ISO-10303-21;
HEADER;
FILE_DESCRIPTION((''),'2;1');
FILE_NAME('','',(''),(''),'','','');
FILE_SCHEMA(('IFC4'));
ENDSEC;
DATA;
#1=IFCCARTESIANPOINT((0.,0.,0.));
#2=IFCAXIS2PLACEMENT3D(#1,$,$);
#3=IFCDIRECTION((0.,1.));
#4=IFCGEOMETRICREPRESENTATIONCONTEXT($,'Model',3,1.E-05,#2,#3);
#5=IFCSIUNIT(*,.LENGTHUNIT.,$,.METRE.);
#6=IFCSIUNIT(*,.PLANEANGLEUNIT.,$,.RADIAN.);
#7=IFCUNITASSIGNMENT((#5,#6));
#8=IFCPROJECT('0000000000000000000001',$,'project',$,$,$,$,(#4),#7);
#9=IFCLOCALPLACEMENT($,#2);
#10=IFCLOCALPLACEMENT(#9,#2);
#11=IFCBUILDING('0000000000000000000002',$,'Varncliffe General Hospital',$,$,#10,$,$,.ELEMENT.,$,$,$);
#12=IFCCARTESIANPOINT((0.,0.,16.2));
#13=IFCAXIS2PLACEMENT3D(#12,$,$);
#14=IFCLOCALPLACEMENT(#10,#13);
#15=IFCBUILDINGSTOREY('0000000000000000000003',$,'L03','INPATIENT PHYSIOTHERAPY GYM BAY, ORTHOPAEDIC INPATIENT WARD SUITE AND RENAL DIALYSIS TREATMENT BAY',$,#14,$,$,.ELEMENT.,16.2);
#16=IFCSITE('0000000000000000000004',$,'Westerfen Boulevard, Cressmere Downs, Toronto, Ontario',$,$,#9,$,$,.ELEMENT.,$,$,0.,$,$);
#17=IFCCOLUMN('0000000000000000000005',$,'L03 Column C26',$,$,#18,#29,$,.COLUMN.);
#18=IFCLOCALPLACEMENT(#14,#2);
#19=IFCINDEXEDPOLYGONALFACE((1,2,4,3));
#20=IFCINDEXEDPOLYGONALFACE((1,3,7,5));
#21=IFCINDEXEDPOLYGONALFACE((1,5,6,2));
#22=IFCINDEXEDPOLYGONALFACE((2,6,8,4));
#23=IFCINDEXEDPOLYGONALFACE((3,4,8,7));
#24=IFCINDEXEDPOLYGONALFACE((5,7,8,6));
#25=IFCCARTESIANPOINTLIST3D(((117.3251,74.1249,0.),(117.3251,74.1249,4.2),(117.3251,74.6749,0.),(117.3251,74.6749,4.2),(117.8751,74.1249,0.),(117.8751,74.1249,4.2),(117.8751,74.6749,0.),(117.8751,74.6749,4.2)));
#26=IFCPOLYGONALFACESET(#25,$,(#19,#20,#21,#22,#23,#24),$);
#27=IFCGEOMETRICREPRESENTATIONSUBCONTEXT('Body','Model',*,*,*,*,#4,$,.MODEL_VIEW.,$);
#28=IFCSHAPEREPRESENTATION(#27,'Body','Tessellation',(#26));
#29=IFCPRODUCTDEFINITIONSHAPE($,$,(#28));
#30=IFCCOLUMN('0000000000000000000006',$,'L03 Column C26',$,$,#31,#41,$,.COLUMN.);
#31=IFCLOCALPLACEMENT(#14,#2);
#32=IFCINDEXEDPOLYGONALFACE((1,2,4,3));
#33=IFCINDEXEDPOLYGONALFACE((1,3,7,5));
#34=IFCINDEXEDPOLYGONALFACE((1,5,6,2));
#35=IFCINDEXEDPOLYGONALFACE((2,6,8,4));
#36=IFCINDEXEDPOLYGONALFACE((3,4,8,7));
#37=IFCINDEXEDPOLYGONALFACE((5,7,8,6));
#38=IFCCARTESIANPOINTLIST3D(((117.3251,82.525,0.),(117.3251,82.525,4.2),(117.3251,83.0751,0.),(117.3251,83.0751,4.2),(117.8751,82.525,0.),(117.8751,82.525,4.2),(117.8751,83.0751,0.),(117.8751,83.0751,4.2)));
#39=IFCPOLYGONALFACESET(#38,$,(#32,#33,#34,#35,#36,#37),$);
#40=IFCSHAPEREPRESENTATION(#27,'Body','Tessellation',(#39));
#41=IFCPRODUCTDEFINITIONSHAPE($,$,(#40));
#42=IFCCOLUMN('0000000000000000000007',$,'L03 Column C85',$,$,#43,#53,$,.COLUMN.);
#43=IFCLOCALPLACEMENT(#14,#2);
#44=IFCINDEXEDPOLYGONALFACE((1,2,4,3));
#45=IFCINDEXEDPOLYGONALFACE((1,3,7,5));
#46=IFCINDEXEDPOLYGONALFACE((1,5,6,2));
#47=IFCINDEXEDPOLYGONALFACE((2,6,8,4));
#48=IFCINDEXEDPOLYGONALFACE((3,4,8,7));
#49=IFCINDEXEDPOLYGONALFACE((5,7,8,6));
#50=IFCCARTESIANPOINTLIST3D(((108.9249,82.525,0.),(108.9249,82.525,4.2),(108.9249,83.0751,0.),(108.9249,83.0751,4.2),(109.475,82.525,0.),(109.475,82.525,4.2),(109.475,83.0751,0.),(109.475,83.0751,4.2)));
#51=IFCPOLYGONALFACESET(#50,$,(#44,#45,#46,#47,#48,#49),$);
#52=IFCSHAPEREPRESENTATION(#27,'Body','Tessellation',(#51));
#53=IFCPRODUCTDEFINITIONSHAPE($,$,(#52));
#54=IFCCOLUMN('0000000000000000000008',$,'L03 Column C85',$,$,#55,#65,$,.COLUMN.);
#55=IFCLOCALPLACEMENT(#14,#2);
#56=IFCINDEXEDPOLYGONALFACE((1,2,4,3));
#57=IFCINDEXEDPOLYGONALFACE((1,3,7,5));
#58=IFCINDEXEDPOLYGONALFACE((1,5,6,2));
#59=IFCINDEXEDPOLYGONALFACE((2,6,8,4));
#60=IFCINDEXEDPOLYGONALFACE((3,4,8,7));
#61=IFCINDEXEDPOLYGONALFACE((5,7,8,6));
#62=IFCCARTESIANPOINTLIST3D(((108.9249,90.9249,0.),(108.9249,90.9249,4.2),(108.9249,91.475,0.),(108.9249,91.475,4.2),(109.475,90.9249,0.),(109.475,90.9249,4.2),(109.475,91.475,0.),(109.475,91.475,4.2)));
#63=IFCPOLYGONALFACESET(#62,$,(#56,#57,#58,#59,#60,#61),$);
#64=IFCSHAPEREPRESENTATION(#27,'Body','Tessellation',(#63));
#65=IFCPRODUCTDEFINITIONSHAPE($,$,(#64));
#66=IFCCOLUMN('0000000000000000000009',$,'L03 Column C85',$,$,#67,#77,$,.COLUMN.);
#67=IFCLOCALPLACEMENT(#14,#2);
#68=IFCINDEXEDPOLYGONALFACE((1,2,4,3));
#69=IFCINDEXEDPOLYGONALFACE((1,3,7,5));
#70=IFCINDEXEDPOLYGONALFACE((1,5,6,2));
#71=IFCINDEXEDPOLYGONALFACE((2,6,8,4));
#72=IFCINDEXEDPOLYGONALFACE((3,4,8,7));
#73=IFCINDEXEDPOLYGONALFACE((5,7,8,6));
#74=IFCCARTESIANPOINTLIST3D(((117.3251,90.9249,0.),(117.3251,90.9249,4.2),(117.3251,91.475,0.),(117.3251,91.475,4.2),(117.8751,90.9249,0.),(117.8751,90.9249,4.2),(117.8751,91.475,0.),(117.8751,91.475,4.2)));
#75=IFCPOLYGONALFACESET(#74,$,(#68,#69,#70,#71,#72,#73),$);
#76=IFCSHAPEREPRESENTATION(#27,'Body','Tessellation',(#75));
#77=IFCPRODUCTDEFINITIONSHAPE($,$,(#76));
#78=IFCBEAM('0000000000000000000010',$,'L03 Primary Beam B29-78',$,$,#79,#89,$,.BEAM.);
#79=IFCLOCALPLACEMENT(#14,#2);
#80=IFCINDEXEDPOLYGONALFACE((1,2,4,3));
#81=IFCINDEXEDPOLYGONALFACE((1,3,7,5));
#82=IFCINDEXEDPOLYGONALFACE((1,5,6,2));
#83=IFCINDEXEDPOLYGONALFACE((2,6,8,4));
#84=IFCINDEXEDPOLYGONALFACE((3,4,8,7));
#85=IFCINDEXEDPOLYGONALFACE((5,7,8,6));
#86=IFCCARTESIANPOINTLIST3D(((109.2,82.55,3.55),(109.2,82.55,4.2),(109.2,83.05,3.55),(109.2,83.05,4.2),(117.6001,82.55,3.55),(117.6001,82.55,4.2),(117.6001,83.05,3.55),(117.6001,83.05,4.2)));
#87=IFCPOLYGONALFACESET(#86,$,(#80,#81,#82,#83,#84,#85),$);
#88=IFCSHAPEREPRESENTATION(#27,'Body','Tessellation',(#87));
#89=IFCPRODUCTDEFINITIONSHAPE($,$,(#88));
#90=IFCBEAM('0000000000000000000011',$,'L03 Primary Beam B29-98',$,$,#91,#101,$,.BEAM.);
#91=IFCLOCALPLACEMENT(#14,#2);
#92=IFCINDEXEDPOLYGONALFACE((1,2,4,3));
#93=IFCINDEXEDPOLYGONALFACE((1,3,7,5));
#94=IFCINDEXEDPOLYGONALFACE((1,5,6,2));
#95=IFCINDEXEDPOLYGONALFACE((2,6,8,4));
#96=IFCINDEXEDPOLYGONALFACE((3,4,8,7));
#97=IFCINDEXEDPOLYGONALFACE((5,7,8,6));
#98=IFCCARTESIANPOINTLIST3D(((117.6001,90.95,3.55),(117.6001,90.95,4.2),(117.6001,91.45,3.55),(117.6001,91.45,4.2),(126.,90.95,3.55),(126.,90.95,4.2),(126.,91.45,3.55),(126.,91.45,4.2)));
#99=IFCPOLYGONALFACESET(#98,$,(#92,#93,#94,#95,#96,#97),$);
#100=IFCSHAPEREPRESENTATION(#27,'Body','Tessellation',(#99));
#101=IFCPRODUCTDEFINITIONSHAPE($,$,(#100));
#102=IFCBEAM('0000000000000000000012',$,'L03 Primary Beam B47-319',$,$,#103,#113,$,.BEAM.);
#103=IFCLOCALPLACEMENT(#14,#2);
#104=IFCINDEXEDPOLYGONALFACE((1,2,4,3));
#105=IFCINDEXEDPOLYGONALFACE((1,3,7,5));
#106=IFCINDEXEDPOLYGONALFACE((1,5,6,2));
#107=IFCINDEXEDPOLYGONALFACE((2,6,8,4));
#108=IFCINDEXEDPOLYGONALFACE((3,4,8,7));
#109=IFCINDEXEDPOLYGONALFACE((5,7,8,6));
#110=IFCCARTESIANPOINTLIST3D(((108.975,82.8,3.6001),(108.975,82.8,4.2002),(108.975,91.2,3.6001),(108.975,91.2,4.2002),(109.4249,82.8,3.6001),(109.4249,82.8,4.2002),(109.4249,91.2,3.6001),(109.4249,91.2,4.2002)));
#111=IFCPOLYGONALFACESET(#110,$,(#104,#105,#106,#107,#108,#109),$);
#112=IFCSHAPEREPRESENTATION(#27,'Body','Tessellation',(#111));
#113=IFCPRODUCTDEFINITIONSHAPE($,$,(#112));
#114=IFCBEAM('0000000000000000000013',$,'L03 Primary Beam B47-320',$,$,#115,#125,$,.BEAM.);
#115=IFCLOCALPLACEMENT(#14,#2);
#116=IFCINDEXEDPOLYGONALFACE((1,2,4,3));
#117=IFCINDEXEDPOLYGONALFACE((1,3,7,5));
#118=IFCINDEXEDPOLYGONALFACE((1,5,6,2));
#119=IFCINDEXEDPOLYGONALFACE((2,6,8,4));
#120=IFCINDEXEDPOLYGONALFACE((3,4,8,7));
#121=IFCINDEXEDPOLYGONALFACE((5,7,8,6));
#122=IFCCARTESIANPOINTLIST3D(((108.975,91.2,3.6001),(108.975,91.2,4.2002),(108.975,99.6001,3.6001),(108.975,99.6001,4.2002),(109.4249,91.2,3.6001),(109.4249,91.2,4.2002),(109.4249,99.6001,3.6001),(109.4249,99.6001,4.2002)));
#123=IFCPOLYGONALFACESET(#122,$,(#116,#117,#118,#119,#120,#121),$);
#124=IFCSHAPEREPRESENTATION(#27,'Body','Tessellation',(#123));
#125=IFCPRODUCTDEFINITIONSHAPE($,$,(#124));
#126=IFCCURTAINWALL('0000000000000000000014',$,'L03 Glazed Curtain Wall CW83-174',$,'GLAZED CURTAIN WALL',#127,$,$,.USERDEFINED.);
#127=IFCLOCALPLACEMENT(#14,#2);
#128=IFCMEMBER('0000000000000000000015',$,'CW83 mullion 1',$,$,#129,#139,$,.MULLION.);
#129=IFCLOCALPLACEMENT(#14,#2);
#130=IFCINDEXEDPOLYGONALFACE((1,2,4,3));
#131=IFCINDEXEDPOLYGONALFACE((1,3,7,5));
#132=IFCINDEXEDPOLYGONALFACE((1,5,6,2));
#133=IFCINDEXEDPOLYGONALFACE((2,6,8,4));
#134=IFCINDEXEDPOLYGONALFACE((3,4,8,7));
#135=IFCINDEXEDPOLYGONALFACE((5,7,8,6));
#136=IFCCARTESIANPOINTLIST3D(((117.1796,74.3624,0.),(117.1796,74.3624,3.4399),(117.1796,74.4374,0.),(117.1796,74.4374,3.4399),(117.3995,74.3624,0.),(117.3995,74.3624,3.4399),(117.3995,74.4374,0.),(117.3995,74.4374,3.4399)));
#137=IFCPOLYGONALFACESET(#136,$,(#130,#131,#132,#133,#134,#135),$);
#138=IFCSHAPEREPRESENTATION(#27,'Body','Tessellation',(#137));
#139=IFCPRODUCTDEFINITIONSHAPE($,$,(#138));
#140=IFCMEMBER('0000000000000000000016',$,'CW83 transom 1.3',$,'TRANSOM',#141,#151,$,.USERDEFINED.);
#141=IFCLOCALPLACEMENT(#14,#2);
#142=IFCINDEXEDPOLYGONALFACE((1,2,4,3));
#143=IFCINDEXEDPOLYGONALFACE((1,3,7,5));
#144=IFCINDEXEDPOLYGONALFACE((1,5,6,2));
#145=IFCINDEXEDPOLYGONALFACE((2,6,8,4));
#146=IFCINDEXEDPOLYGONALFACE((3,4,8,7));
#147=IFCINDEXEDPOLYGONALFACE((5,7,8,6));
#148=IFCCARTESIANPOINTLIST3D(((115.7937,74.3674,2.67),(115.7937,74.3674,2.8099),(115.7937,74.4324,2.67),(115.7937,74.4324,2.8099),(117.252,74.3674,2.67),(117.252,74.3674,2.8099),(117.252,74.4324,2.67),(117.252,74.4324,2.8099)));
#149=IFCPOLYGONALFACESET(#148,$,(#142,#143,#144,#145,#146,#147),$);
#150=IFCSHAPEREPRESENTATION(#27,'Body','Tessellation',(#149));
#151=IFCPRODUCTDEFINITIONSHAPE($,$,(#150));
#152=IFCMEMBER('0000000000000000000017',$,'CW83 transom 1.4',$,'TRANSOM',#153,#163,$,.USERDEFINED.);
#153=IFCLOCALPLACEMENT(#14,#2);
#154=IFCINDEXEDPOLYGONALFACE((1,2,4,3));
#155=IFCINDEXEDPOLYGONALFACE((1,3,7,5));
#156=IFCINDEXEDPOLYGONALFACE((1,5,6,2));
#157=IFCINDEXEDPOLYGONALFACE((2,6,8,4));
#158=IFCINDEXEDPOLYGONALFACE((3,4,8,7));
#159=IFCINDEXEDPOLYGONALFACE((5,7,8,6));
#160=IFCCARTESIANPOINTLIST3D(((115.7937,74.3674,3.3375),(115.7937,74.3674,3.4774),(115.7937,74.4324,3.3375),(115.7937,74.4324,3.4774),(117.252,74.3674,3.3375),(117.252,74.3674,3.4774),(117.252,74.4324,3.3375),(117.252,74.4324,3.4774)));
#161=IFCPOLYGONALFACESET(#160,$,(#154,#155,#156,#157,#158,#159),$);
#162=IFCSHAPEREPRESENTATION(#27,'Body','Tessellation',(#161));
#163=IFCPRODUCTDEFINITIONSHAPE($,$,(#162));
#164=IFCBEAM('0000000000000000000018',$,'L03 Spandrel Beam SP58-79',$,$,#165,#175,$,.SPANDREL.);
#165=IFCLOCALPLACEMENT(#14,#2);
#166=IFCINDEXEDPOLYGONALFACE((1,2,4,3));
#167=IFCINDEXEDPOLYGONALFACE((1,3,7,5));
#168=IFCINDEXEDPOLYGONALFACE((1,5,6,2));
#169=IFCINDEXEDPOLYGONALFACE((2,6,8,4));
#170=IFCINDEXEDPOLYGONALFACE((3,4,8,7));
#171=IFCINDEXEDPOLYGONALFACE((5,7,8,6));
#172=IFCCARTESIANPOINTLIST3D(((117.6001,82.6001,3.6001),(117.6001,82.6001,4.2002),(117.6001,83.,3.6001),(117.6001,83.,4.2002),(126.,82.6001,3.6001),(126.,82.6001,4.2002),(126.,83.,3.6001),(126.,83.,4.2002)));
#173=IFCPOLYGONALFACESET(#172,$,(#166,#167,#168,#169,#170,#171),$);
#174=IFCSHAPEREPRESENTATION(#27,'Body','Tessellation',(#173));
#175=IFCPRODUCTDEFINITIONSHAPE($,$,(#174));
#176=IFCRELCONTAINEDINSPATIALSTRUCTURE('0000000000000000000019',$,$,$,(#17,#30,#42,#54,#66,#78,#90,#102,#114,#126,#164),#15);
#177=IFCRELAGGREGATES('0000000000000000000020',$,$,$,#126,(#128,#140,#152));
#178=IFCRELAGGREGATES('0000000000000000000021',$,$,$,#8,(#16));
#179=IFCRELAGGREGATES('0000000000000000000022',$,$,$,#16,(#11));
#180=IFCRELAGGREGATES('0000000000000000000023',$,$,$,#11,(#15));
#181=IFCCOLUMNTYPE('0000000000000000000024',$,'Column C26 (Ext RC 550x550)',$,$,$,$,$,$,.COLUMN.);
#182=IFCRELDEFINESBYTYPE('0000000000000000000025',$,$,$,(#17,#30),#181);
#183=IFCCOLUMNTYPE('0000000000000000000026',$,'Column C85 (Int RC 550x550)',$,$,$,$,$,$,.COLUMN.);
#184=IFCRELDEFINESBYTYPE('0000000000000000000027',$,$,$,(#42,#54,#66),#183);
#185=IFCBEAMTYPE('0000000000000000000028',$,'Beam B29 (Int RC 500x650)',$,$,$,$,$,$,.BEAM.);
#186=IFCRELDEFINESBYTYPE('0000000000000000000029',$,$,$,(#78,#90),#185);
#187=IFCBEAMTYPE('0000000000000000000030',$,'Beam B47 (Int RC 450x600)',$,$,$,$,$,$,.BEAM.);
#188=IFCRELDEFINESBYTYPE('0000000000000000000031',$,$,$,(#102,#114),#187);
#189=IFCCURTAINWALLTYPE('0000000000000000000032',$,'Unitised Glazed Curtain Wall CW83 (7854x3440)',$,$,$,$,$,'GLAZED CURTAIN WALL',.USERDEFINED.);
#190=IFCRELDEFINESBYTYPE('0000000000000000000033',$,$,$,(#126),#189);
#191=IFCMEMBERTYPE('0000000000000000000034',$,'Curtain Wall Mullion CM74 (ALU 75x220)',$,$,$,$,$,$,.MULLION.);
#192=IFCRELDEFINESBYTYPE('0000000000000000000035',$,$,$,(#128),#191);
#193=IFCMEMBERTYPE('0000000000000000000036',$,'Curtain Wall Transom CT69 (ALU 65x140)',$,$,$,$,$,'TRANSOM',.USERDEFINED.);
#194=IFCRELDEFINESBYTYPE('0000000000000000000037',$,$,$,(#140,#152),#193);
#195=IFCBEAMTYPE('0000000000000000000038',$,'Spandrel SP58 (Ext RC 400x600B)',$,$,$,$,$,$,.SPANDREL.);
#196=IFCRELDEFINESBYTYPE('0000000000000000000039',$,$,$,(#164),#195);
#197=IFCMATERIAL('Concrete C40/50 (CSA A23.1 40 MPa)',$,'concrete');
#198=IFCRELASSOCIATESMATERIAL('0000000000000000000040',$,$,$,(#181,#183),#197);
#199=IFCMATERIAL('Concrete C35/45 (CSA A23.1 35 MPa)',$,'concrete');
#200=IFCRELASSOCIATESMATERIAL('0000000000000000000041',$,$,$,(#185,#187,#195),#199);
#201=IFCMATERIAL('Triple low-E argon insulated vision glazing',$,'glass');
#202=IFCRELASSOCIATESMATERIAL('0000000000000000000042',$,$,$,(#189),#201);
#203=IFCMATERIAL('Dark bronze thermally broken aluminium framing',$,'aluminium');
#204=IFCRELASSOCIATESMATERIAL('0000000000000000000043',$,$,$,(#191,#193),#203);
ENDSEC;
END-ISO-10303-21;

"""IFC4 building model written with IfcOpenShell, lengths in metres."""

from ifc_helpers import new_model, si_unit, direction, frame, origin, origin_2d, place, context, subcontext, project, spatial, rectangle, extrude, material, material_profile, profile_set, type_object, element, aggregate, save


model = new_model("IFC4")

# Units and contexts
model_context = context("Model", 3, precision=1e-05, world=origin(), true_north=direction((0.0, 1.0)))
body_context = subcontext(model_context, "Body", "Model", "MODEL_VIEW")
ifc_project = project(units=[si_unit("LENGTHUNIT", "METRE"), si_unit("PLANEANGLEUNIT", "RADIAN")], contexts=[model_context])

# Site, building, storey
site_placement = place(None, origin())
site = spatial("IfcSite", under=ifc_project, at=site_placement, Name="Westerfen Boulevard, Cressmere Downs, Toronto, Ontario", CompositionType="ELEMENT", RefElevation=0.0)
building_placement = place(site_placement, origin())
building = spatial("IfcBuilding", under=site, at=building_placement, Name="Varncliffe General Hospital", CompositionType="ELEMENT")
storey_placement = place(building_placement, frame((0.0, 0.0, 16.2)))
storey = spatial("IfcBuildingStorey", under=building, at=storey_placement, Name="L03", Description="INPATIENT PHYSIOTHERAPY GYM BAY, ORTHOPAEDIC INPATIENT WARD SUITE AND RENAL DIALYSIS TREATMENT BAY", CompositionType="ELEMENT", Elevation=16.2)

# Columns
ifc_material_1 = material(Name="Concrete C40/50 (CSA A23.1 40 MPa)", Category="concrete")
ifc_material_profile_1 = material_profile(ifc_material_1, rectangle(XDim=0.55, YDim=0.55, at=origin_2d()), Name="RC 550x550")
ifc_profile_set_1 = profile_set([ifc_material_profile_1], Name="Concrete C40/50 (CSA A23.1 40 MPa)")
column_type_1 = type_object("IfcColumnType", Name="Column C26 (Ext RC 550x550)", PredefinedType="COLUMN", material=ifc_profile_set_1)
for number, where, z_axis, x_axis, name in (
    (1, (117.6001, 74.3999, 0.0), (0.0, 0.0, 1.0), (1.0, 0.0, 0.0), "L03 Column C26"),
    (2, (117.6001, 82.8, 0.0), (0.0, 0.0, 1.0), (1.0, 0.0, 0.0), "L03 Column C26"),
):
    element("IfcColumn", number, at=place(storey_placement, frame(where, z_axis=z_axis, x_axis=x_axis)), inside=storey, type_object=column_type_1, Name=name, PredefinedType="COLUMN", context=body_context, shape_type="SweptSolid", body=[
        extrude(rectangle(XDim=0.55, YDim=0.55, at=origin_2d()), origin(), (0.0, 0.0, 1.0), 4.2),
    ])
ifc_material_profile_2 = material_profile(ifc_material_1, rectangle(XDim=0.55, YDim=0.55, at=origin_2d()), Name="RC 550x550")
ifc_profile_set_2 = profile_set([ifc_material_profile_2], Name="Concrete C40/50 (CSA A23.1 40 MPa)")
column_type_2 = type_object("IfcColumnType", Name="Column C85 (Int RC 550x550)", PredefinedType="COLUMN", material=ifc_profile_set_2)
for number, where, z_axis, x_axis, name in (
    (3, (109.2, 82.8, 0.0), (0.0, 0.0, 1.0), (1.0, 0.0, 0.0), "L03 Column C85"),
    (4, (109.2, 91.2, 0.0), (0.0, 0.0, 1.0), (1.0, 0.0, 0.0), "L03 Column C85"),
    (5, (117.6001, 91.2, 0.0), (0.0, 0.0, 1.0), (1.0, 0.0, 0.0), "L03 Column C85"),
):
    element("IfcColumn", number, at=place(storey_placement, frame(where, z_axis=z_axis, x_axis=x_axis)), inside=storey, type_object=column_type_2, Name=name, PredefinedType="COLUMN", context=body_context, shape_type="SweptSolid", body=[
        extrude(rectangle(XDim=0.55, YDim=0.55, at=origin_2d()), origin(), (0.0, 0.0, 1.0), 4.2),
    ])

# Beams
ifc_material_2 = material(Name="Concrete C35/45 (CSA A23.1 35 MPa)", Category="concrete")
ifc_material_profile_3 = material_profile(ifc_material_2, rectangle(XDim=0.5, YDim=0.6499, at=origin_2d()), Name="RC 500x650")
ifc_profile_set_3 = profile_set([ifc_material_profile_3], Name="Concrete C35/45 (CSA A23.1 35 MPa)")
beam_type_1 = type_object("IfcBeamType", Name="Beam B29 (Int RC 500x650)", PredefinedType="BEAM", material=ifc_profile_set_3)
beam_1_placement = place(storey_placement, frame((109.2, 82.8, 3.875), z_axis=(1.0, 0.0, 0.0), x_axis=(0.0, 1.0, 0.0)))
element("IfcBeam", 6, at=beam_1_placement, inside=storey, type_object=beam_type_1, Name="L03 Primary Beam B29-78", PredefinedType="BEAM", context=body_context, shape_type="SweptSolid", body=[
    extrude(rectangle(XDim=0.5, YDim=0.6499, at=origin_2d()), origin(), (0.0, 0.0, 1.0), 8.4001),
])
beam_2_placement = place(storey_placement, frame((117.6001, 91.2, 3.875), z_axis=(1.0, 0.0, 0.0), x_axis=(0.0, 1.0, 0.0)))
element("IfcBeam", 7, at=beam_2_placement, inside=storey, type_object=beam_type_1, Name="L03 Primary Beam B29-98", PredefinedType="BEAM", context=body_context, shape_type="SweptSolid", body=[
    extrude(rectangle(XDim=0.5, YDim=0.6499, at=origin_2d()), origin(), (0.0, 0.0, 1.0), 8.3999),
])
ifc_material_profile_4 = material_profile(ifc_material_2, rectangle(XDim=0.45, YDim=0.6001, at=origin_2d()), Name="RC 450x600")
ifc_profile_set_4 = profile_set([ifc_material_profile_4], Name="Concrete C35/45 (CSA A23.1 35 MPa)")
beam_type_2 = type_object("IfcBeamType", Name="Beam B47 (Int RC 450x600)", PredefinedType="BEAM", material=ifc_profile_set_4)
beam_3_placement = place(storey_placement, frame((109.2, 82.8, 3.9001), z_axis=(0.0, 1.0, 0.0), x_axis=(-1.0, 0.0, 0.0)))
element("IfcBeam", 8, at=beam_3_placement, inside=storey, type_object=beam_type_2, Name="L03 Primary Beam B47-319", PredefinedType="BEAM", context=body_context, shape_type="SweptSolid", body=[
    extrude(rectangle(XDim=0.45, YDim=0.6001, at=origin_2d()), origin(), (0.0, 0.0, 1.0), 8.3999),
])
beam_4_placement = place(storey_placement, frame((109.2, 91.2, 3.9001), z_axis=(0.0, 1.0, 0.0), x_axis=(-1.0, 0.0, 0.0)))
element("IfcBeam", 9, at=beam_4_placement, inside=storey, type_object=beam_type_2, Name="L03 Primary Beam B47-320", PredefinedType="BEAM", context=body_context, shape_type="SweptSolid", body=[
    extrude(rectangle(XDim=0.45, YDim=0.6001, at=origin_2d()), origin(), (0.0, 0.0, 1.0), 8.4001),
])

# Curtain wall, members
ifc_material_3 = material(Name="Triple low-E argon insulated vision glazing", Category="glass")
curtain_wall_type = type_object("IfcCurtainWallType", Name="Unitised Glazed Curtain Wall CW83 (7854x3440)", ElementType="GLAZED CURTAIN WALL", PredefinedType="USERDEFINED", material=ifc_material_3)
curtain_wall_placement = place(storey_placement, origin())
curtain_wall = element("IfcCurtainWall", 10, at=curtain_wall_placement, inside=storey, type_object=curtain_wall_type, Name="L03 Glazed Curtain Wall CW83-174", ObjectType="GLAZED CURTAIN WALL", PredefinedType="USERDEFINED")
ifc_material_4 = material(Name="Dark bronze thermally broken aluminium framing", Category="aluminium")
ifc_material_profile_5 = material_profile(ifc_material_4, rectangle(XDim=0.075, YDim=0.22, at=origin_2d()), Name="ALU 75x220")
ifc_profile_set_5 = profile_set([ifc_material_profile_5], Name="Dark bronze thermally broken aluminium framing")
member_type_1 = type_object("IfcMemberType", Name="Curtain Wall Mullion CM74 (ALU 75x220)", PredefinedType="MULLION", material=ifc_profile_set_5)
member_1_placement = place(storey_placement, frame((117.2896, 74.3999, 0.0), z_axis=(0.0, 0.0, 1.0), x_axis=(0.0, -1.0, 0.0)))
member_1 = element("IfcMember", 11, at=member_1_placement, type_object=member_type_1, Name="CW83 mullion 1", PredefinedType="MULLION", context=body_context, shape_type="SweptSolid", body=[
    extrude(rectangle(XDim=0.075, YDim=0.22, at=origin_2d()), origin(), (0.0, 0.0, 1.0), 3.4399),
])
ifc_material_profile_6 = material_profile(ifc_material_4, rectangle(XDim=0.0649, YDim=0.1399, at=origin_2d()), Name="ALU 65x140")
ifc_profile_set_6 = profile_set([ifc_material_profile_6], Name="Dark bronze thermally broken aluminium framing")
member_type_2 = type_object("IfcMemberType", Name="Curtain Wall Transom CT69 (ALU 65x140)", ElementType="TRANSOM", PredefinedType="USERDEFINED", material=ifc_profile_set_6)
member_2_placement = place(storey_placement, frame((117.252, 74.3999, 2.74), z_axis=(-1.0, 0.0, 0.0), x_axis=(0.0, -1.0, 0.0)))
member_2 = element("IfcMember", 12, at=member_2_placement, type_object=member_type_2, Name="CW83 transom 1.3", ObjectType="TRANSOM", PredefinedType="USERDEFINED", context=body_context, shape_type="SweptSolid", body=[
    extrude(rectangle(XDim=0.0649, YDim=0.1399, at=origin_2d()), origin(), (0.0, 0.0, 1.0), 1.4583),
])
member_3_placement = place(storey_placement, frame((117.252, 74.3999, 3.4075), z_axis=(-1.0, 0.0, 0.0), x_axis=(0.0, -1.0, 0.0)))
member_3 = element("IfcMember", 13, at=member_3_placement, type_object=member_type_2, Name="CW83 transom 1.4", ObjectType="TRANSOM", PredefinedType="USERDEFINED", context=body_context, shape_type="SweptSolid", body=[
    extrude(rectangle(XDim=0.0649, YDim=0.1399, at=origin_2d()), origin(), (0.0, 0.0, 1.0), 1.4583),
])
aggregate(curtain_wall, [member_1, member_2, member_3])

# Beam
ifc_material_profile_7 = material_profile(ifc_material_2, rectangle(XDim=0.3999, YDim=0.6001, at=origin_2d()), Name="RC 400x600")
ifc_profile_set_7 = profile_set([ifc_material_profile_7], Name="Concrete C35/45 (CSA A23.1 35 MPa)")
beam_type_3 = type_object("IfcBeamType", Name="Spandrel SP58 (Ext RC 400x600B)", PredefinedType="SPANDREL", material=ifc_profile_set_7)
beam_5_placement = place(storey_placement, frame((117.6001, 82.8, 3.9001), z_axis=(1.0, 0.0, 0.0), x_axis=(0.0, 1.0, 0.0)))
element("IfcBeam", 14, at=beam_5_placement, inside=storey, type_object=beam_type_3, Name="L03 Spandrel Beam SP58-79", PredefinedType="SPANDREL", context=body_context, shape_type="SweptSolid", body=[
    extrude(rectangle(XDim=0.3999, YDim=0.6001, at=origin_2d()), origin(), (0.0, 0.0, 1.0), 8.3999),
])

save(model, "model.ifc")
